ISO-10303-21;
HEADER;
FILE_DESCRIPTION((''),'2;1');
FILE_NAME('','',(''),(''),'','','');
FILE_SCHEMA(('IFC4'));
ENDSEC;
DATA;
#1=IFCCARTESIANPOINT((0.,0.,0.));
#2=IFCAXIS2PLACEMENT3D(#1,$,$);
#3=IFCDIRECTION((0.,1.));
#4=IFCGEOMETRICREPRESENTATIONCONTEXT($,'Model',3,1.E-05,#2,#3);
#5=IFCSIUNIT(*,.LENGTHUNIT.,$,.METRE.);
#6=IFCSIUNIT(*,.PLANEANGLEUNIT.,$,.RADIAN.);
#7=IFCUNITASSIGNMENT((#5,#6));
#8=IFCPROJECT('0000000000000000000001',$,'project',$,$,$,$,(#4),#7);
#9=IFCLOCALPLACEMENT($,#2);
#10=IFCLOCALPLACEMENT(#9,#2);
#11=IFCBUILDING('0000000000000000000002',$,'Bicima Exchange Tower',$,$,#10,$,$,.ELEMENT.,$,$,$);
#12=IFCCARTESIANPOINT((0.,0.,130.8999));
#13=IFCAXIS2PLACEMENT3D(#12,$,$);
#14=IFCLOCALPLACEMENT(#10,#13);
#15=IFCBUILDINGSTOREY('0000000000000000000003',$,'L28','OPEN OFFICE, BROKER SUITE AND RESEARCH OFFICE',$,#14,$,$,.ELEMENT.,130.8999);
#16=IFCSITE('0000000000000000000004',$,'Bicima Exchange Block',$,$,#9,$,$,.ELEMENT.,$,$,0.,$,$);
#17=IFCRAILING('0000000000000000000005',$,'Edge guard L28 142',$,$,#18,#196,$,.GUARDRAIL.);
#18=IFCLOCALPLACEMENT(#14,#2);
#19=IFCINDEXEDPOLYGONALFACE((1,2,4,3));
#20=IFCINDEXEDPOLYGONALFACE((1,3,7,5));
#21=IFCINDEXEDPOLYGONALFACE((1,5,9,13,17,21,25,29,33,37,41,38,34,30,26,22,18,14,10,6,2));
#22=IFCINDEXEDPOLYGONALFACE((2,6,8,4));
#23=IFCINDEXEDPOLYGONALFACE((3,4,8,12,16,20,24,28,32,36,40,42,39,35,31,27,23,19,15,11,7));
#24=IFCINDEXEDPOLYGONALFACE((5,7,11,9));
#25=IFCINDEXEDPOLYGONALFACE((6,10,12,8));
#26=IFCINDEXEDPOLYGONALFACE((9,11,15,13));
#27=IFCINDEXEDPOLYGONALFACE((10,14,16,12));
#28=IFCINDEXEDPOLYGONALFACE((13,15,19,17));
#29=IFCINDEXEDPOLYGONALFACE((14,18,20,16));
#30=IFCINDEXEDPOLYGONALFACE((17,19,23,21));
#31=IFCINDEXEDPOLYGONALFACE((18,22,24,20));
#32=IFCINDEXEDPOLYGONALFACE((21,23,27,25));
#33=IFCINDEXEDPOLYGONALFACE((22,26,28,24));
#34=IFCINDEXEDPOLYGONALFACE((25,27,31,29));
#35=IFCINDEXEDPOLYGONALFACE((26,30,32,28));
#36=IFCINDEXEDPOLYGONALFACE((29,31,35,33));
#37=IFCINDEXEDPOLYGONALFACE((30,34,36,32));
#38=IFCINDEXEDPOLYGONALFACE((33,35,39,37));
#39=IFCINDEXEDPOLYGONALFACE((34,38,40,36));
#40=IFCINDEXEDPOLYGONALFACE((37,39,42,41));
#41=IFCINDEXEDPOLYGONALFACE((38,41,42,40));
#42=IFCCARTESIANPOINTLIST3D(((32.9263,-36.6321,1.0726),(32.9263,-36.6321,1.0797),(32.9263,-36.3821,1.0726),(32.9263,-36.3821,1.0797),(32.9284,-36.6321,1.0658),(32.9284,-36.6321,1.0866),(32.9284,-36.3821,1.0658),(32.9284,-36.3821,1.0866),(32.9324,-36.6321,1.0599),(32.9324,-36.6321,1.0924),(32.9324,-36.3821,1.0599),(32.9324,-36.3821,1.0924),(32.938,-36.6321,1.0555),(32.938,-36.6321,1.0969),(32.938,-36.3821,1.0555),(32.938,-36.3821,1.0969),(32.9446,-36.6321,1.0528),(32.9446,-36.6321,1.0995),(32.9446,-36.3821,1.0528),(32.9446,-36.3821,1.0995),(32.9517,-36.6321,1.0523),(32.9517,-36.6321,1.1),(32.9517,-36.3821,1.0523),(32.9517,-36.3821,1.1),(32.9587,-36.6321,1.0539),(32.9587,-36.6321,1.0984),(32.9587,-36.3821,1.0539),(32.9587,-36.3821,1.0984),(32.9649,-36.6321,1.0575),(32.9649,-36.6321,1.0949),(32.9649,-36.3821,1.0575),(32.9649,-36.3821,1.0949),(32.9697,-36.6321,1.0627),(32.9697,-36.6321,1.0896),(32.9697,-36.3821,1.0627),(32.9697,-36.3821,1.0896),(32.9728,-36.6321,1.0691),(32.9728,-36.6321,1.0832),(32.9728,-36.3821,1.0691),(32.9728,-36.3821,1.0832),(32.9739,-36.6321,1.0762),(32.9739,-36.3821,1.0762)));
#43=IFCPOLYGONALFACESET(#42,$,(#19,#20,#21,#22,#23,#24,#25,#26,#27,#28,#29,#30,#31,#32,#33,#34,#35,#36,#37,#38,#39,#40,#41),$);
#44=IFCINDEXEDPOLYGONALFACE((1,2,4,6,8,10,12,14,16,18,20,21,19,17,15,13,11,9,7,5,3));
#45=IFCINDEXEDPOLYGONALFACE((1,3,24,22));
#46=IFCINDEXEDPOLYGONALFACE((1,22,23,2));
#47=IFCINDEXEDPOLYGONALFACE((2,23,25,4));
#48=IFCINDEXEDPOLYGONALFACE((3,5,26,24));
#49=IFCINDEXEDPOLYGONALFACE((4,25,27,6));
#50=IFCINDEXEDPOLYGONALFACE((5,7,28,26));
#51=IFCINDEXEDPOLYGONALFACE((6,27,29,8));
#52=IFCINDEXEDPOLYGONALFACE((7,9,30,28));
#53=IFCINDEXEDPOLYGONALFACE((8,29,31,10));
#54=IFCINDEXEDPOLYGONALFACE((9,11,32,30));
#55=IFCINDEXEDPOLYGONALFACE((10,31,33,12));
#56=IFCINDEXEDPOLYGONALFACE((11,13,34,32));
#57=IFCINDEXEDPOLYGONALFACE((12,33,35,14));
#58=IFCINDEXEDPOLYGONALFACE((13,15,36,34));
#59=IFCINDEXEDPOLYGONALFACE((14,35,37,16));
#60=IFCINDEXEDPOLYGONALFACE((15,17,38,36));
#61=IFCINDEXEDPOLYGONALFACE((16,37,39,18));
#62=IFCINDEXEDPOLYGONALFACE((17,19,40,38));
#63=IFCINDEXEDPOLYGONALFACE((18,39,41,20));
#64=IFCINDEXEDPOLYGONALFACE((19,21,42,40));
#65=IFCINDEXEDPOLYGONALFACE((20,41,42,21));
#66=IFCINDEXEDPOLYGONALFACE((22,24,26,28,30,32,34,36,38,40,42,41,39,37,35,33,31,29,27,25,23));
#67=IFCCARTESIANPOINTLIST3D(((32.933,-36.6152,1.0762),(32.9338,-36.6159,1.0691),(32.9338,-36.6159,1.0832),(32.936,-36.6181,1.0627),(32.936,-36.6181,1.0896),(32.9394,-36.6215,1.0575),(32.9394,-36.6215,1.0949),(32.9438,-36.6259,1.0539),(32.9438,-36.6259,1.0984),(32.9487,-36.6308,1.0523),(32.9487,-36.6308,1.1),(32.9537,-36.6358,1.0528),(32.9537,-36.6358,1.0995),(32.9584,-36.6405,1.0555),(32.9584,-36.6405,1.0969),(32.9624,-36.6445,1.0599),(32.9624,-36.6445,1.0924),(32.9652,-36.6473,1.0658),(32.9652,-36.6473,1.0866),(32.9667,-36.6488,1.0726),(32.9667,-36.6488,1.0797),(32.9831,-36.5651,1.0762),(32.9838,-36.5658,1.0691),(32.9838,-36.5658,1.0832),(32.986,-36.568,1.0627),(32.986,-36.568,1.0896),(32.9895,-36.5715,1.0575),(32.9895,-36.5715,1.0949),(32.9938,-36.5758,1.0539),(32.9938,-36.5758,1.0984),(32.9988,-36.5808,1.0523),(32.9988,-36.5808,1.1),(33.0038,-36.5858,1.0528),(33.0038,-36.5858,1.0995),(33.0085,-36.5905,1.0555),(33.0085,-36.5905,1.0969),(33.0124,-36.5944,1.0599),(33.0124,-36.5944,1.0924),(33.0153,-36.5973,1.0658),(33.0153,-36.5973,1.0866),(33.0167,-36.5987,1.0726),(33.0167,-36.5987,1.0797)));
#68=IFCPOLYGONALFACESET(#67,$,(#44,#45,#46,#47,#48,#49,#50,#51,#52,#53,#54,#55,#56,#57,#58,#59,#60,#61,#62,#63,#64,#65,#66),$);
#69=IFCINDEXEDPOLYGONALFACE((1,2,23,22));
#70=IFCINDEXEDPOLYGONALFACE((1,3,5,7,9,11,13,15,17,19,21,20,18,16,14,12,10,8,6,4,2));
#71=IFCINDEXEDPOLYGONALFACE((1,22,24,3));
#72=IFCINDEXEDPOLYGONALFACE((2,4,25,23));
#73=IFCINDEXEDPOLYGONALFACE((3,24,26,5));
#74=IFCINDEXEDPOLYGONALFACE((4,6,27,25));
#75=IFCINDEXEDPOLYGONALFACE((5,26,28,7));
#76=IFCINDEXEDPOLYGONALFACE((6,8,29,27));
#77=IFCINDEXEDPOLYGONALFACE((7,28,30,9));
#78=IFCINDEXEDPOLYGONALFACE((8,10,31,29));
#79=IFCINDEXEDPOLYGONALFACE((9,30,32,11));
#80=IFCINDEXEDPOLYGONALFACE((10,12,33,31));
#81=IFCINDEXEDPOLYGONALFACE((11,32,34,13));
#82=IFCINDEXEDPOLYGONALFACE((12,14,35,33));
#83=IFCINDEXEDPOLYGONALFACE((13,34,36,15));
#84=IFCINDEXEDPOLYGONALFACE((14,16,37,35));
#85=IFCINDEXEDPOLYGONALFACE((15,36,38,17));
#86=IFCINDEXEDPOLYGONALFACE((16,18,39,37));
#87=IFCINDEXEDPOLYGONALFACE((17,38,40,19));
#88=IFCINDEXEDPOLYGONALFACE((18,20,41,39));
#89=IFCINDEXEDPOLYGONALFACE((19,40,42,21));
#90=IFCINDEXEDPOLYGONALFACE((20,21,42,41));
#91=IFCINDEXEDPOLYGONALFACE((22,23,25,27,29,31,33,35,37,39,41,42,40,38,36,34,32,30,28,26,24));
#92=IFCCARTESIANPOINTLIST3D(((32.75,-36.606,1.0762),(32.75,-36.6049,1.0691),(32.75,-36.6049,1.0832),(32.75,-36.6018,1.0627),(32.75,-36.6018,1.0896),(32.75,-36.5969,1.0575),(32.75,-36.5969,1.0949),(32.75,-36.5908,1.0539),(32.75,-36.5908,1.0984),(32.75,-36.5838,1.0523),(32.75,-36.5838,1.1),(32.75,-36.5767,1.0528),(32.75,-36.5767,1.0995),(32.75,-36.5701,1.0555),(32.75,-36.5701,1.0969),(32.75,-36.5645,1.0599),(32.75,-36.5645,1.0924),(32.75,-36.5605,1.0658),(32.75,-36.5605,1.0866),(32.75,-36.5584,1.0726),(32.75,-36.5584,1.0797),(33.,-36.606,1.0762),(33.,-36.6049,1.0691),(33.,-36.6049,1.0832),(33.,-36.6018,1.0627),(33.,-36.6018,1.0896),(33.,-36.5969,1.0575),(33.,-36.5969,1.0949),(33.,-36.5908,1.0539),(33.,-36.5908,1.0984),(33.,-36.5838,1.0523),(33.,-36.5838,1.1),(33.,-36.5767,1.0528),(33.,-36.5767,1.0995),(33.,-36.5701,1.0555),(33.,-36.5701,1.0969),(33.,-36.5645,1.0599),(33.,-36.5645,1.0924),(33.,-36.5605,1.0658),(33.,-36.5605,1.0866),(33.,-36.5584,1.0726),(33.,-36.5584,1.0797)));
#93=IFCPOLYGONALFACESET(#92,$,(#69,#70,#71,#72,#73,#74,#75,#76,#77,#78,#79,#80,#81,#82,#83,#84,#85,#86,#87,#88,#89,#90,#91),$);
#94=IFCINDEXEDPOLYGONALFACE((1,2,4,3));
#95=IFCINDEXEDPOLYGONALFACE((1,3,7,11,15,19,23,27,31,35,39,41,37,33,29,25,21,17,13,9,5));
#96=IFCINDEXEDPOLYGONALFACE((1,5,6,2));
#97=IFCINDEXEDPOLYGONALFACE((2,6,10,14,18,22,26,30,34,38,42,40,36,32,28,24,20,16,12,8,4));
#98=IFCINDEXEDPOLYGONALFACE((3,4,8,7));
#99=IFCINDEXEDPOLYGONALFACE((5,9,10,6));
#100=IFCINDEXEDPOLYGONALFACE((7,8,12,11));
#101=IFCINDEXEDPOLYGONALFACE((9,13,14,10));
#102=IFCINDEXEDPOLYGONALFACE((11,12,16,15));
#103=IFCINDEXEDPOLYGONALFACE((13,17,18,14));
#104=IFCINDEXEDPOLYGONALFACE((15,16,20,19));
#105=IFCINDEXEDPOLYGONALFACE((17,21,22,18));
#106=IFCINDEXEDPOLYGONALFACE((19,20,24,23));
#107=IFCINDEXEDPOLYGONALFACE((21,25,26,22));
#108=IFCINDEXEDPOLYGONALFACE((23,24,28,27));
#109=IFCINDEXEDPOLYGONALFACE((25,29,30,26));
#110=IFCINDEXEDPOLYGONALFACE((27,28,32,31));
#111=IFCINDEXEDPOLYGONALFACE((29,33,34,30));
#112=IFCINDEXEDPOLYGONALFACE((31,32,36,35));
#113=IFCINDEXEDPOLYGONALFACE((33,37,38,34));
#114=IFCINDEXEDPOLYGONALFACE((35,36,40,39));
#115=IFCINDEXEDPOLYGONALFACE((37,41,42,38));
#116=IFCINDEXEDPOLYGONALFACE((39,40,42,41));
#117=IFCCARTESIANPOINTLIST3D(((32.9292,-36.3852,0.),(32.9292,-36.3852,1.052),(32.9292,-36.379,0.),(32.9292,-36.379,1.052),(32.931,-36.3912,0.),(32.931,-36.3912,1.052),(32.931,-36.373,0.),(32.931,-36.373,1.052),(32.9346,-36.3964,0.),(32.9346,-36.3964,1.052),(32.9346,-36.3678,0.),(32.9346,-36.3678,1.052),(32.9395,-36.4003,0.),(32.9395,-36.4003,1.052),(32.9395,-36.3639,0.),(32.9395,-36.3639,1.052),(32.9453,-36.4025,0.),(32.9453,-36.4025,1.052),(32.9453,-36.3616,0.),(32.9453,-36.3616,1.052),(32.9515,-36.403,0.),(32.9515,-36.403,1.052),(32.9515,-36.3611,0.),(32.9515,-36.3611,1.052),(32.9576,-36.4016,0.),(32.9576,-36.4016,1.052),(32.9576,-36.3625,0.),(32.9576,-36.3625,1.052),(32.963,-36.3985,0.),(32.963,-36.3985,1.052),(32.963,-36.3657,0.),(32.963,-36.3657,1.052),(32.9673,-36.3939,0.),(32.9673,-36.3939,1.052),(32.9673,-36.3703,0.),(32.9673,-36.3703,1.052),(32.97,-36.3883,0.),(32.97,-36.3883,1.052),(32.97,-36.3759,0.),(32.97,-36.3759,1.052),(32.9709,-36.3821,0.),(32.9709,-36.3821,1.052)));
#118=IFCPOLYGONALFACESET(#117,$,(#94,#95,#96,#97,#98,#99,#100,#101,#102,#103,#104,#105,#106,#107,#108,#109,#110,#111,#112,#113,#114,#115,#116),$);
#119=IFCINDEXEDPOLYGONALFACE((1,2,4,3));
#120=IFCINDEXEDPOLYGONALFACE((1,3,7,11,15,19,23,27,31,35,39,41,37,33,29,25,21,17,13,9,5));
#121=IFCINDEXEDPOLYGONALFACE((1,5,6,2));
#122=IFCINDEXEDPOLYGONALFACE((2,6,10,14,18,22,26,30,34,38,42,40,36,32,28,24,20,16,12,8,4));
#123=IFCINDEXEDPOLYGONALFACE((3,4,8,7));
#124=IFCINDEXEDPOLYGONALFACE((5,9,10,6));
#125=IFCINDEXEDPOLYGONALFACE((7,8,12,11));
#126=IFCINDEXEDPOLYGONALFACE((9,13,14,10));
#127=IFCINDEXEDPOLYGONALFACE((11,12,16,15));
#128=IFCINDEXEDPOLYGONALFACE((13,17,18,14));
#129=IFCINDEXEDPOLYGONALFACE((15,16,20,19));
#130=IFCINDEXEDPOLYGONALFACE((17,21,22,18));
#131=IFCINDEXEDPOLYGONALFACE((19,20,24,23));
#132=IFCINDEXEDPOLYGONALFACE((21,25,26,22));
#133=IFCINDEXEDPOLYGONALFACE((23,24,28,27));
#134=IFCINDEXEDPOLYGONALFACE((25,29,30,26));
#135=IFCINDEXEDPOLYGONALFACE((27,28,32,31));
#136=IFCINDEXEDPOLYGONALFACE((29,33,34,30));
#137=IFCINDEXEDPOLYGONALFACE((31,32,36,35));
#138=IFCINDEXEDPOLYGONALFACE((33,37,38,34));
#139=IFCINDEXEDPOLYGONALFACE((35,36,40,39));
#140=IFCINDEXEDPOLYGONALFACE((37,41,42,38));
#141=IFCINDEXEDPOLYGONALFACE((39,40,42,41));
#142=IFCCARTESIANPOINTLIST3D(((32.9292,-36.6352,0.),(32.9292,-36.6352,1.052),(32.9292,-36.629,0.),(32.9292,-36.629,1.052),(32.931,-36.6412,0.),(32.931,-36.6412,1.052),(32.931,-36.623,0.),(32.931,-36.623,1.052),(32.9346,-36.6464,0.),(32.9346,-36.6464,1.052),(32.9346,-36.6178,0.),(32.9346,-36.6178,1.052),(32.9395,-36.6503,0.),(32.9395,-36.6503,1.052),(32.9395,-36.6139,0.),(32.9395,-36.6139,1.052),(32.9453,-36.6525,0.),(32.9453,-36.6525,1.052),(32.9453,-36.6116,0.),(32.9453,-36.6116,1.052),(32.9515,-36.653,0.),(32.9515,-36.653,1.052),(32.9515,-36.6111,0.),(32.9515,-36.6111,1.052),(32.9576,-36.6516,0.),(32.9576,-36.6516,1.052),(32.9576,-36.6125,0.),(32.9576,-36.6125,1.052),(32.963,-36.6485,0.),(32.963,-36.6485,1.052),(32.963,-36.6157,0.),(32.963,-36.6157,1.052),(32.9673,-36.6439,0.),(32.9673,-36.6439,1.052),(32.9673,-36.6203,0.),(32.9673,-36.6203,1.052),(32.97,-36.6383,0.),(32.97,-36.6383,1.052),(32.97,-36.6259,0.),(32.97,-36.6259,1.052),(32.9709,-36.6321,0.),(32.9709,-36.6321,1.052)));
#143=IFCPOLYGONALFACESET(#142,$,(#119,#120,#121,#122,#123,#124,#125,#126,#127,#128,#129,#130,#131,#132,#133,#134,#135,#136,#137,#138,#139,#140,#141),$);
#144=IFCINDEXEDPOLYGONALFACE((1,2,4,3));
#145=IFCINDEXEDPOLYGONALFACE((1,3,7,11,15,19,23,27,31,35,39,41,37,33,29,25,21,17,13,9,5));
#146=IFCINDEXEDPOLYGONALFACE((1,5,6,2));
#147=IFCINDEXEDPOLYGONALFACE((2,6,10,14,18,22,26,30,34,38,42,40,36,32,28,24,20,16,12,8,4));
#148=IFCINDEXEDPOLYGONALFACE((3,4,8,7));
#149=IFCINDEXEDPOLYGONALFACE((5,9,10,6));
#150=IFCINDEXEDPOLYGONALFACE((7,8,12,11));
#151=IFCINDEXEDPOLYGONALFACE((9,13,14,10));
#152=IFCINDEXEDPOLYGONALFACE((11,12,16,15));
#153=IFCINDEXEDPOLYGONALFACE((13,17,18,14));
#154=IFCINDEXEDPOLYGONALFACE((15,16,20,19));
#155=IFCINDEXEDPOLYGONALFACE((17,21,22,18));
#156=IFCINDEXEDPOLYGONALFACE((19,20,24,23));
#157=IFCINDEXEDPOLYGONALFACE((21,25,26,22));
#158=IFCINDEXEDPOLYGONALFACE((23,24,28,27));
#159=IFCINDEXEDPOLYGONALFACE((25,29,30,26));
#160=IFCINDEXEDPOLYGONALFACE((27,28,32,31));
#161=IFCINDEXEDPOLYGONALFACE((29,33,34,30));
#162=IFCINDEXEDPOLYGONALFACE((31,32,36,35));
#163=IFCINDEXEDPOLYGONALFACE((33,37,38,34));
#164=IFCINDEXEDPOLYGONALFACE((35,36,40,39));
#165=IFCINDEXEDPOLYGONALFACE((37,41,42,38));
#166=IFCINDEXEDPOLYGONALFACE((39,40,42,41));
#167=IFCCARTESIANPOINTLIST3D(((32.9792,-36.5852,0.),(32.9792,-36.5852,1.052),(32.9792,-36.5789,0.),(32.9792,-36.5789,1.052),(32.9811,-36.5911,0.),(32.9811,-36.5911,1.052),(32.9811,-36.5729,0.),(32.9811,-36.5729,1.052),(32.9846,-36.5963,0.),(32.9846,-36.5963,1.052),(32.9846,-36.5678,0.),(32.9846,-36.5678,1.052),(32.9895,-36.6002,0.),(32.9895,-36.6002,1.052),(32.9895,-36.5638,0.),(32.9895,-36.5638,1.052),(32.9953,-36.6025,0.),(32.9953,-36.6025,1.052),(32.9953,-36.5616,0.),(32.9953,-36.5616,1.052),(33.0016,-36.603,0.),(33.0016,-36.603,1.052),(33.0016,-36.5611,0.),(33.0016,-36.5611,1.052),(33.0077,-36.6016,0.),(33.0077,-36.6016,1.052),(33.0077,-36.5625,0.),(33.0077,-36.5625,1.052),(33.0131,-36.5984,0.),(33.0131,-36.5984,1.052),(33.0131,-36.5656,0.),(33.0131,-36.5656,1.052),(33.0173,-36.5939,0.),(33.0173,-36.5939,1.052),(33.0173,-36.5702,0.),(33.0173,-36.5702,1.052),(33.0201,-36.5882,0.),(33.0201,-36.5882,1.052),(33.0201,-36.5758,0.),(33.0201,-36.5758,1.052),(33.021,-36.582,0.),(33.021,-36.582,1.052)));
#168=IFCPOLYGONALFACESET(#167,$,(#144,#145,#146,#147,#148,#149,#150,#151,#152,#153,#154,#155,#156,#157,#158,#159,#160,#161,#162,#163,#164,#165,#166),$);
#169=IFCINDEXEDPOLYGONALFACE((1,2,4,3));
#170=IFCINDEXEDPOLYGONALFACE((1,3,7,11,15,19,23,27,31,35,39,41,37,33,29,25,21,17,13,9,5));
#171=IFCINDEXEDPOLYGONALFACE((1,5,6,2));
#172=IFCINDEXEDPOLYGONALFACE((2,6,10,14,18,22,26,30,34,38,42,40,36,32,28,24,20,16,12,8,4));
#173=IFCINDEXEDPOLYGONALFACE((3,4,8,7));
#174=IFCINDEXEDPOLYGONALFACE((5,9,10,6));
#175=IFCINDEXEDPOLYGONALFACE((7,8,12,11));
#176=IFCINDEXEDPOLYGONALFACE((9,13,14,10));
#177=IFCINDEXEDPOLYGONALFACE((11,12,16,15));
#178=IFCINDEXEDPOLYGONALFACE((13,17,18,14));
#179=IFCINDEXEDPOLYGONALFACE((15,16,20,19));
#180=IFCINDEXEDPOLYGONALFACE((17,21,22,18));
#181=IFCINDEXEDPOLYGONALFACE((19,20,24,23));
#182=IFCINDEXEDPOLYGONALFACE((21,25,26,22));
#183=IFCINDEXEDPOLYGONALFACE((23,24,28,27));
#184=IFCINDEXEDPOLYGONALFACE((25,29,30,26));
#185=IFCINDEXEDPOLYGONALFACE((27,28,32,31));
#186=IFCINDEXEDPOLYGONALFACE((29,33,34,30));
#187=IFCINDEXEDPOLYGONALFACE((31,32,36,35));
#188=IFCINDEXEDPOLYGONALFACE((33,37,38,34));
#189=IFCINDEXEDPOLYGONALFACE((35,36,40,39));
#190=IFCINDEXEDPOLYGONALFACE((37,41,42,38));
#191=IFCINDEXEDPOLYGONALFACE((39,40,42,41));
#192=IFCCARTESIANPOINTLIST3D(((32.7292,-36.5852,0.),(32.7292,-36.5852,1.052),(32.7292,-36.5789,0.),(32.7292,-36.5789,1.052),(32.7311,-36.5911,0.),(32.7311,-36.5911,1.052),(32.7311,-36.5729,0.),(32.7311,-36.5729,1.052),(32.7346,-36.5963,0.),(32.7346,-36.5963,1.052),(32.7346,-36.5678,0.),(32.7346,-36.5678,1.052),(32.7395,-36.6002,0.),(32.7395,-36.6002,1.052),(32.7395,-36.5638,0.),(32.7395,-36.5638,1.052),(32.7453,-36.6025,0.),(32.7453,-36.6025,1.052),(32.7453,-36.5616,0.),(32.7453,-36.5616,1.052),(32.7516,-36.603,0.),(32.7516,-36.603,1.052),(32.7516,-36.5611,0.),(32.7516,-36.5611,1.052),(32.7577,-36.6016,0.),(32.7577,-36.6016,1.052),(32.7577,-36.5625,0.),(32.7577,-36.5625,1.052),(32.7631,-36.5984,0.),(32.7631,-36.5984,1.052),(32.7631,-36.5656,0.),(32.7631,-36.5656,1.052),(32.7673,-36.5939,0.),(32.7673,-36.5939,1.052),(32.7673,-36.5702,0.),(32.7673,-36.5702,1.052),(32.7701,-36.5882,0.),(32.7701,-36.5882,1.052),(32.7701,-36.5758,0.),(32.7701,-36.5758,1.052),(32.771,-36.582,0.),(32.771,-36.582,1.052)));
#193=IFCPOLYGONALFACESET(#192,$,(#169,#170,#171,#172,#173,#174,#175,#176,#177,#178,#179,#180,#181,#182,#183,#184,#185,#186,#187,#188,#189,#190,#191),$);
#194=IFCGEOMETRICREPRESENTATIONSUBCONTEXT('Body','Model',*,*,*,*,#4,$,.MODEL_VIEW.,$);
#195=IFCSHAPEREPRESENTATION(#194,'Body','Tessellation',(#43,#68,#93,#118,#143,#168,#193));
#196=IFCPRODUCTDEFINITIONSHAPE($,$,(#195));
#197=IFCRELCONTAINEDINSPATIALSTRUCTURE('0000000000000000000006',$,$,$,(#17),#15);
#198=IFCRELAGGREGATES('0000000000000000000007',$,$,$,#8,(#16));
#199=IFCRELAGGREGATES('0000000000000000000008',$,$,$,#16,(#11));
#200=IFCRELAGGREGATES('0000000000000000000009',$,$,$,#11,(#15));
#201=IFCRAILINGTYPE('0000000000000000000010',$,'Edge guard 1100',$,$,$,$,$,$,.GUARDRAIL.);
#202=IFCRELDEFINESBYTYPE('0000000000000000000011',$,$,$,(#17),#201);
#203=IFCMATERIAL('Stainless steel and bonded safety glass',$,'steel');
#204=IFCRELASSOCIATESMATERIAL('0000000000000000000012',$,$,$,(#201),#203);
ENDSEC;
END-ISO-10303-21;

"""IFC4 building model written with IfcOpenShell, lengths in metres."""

from ifc_helpers import new_model, si_unit, direction, frame, origin, origin_2d, place, context, subcontext, project, spatial, circle, extrude, material, type_object, element, save


model = new_model("IFC4")

# Units and contexts
model_context = context("Model", 3, precision=1e-05, world=origin(), true_north=direction((0.0, 1.0)))
body_context = subcontext(model_context, "Body", "Model", "MODEL_VIEW")
ifc_project = project(units=[si_unit("LENGTHUNIT", "METRE"), si_unit("PLANEANGLEUNIT", "RADIAN")], contexts=[model_context])

# Site, building, storey
site_placement = place(None, origin())
site = spatial("IfcSite", under=ifc_project, at=site_placement, Name="Bicima Exchange Block", CompositionType="ELEMENT", RefElevation=0.0)
building_placement = place(site_placement, origin())
building = spatial("IfcBuilding", under=site, at=building_placement, Name="Bicima Exchange Tower", CompositionType="ELEMENT")
storey_placement = place(building_placement, frame((0.0, 0.0, 130.8999)))
storey = spatial("IfcBuildingStorey", under=building, at=storey_placement, Name="L28", Description="OPEN OFFICE, BROKER SUITE AND RESEARCH OFFICE", CompositionType="ELEMENT", Elevation=130.8999)

# Railing
ifc_material_1 = material(Name="Stainless steel and bonded safety glass", Category="steel")
railing_type = type_object("IfcRailingType", Name="Edge guard 1100", PredefinedType="GUARDRAIL", material=ifc_material_1)
railing_1_placement = place(storey_placement, frame((32.95, -36.3821, 0.0)))
element("IfcRailing", 1, at=railing_1_placement, inside=storey, type_object=railing_type, Name="Edge guard L28 142", PredefinedType="GUARDRAIL", context=body_context, shape_type="SweptSolid", body=[
    extrude(circle(Radius=0.0239, at=origin_2d()), frame((0.0, 0.0, 1.0762), z_axis=(0.0, -1.0, 0.0), x_axis=(1.0, 0.0, 0.0)), (0.0, 0.0, 1.0), 0.25),
    extrude(circle(Radius=0.0239, at=origin_2d()), frame((0.0, -0.25, 1.0762), z_axis=(0.707107, 0.707107, 0.0), x_axis=(-0.707107, 0.707107, 0.0)), (0.0, 0.0, 1.0), 0.0708),
    extrude(circle(Radius=0.0239, at=origin_2d()), frame((0.05, -0.2, 1.0762), z_axis=(-1.0, 0.0, 0.0), x_axis=(0.0, -1.0, 0.0)), (0.0, 0.0, 1.0), 0.25),
    extrude(circle(Radius=0.021, at=origin_2d()), origin(), (0.0, 0.0, 1.0), 1.052),
    extrude(circle(Radius=0.021, at=origin_2d()), frame((0.0, -0.25, 0.0)), (0.0, 0.0, 1.0), 1.052),
    extrude(circle(Radius=0.021, at=origin_2d()), frame((0.05, -0.2, 0.0)), (0.0, 0.0, 1.0), 1.052),
    extrude(circle(Radius=0.021, at=origin_2d()), frame((-0.2, -0.2, 0.0)), (0.0, 0.0, 1.0), 1.052),
])

save(model, "model.ifc")
